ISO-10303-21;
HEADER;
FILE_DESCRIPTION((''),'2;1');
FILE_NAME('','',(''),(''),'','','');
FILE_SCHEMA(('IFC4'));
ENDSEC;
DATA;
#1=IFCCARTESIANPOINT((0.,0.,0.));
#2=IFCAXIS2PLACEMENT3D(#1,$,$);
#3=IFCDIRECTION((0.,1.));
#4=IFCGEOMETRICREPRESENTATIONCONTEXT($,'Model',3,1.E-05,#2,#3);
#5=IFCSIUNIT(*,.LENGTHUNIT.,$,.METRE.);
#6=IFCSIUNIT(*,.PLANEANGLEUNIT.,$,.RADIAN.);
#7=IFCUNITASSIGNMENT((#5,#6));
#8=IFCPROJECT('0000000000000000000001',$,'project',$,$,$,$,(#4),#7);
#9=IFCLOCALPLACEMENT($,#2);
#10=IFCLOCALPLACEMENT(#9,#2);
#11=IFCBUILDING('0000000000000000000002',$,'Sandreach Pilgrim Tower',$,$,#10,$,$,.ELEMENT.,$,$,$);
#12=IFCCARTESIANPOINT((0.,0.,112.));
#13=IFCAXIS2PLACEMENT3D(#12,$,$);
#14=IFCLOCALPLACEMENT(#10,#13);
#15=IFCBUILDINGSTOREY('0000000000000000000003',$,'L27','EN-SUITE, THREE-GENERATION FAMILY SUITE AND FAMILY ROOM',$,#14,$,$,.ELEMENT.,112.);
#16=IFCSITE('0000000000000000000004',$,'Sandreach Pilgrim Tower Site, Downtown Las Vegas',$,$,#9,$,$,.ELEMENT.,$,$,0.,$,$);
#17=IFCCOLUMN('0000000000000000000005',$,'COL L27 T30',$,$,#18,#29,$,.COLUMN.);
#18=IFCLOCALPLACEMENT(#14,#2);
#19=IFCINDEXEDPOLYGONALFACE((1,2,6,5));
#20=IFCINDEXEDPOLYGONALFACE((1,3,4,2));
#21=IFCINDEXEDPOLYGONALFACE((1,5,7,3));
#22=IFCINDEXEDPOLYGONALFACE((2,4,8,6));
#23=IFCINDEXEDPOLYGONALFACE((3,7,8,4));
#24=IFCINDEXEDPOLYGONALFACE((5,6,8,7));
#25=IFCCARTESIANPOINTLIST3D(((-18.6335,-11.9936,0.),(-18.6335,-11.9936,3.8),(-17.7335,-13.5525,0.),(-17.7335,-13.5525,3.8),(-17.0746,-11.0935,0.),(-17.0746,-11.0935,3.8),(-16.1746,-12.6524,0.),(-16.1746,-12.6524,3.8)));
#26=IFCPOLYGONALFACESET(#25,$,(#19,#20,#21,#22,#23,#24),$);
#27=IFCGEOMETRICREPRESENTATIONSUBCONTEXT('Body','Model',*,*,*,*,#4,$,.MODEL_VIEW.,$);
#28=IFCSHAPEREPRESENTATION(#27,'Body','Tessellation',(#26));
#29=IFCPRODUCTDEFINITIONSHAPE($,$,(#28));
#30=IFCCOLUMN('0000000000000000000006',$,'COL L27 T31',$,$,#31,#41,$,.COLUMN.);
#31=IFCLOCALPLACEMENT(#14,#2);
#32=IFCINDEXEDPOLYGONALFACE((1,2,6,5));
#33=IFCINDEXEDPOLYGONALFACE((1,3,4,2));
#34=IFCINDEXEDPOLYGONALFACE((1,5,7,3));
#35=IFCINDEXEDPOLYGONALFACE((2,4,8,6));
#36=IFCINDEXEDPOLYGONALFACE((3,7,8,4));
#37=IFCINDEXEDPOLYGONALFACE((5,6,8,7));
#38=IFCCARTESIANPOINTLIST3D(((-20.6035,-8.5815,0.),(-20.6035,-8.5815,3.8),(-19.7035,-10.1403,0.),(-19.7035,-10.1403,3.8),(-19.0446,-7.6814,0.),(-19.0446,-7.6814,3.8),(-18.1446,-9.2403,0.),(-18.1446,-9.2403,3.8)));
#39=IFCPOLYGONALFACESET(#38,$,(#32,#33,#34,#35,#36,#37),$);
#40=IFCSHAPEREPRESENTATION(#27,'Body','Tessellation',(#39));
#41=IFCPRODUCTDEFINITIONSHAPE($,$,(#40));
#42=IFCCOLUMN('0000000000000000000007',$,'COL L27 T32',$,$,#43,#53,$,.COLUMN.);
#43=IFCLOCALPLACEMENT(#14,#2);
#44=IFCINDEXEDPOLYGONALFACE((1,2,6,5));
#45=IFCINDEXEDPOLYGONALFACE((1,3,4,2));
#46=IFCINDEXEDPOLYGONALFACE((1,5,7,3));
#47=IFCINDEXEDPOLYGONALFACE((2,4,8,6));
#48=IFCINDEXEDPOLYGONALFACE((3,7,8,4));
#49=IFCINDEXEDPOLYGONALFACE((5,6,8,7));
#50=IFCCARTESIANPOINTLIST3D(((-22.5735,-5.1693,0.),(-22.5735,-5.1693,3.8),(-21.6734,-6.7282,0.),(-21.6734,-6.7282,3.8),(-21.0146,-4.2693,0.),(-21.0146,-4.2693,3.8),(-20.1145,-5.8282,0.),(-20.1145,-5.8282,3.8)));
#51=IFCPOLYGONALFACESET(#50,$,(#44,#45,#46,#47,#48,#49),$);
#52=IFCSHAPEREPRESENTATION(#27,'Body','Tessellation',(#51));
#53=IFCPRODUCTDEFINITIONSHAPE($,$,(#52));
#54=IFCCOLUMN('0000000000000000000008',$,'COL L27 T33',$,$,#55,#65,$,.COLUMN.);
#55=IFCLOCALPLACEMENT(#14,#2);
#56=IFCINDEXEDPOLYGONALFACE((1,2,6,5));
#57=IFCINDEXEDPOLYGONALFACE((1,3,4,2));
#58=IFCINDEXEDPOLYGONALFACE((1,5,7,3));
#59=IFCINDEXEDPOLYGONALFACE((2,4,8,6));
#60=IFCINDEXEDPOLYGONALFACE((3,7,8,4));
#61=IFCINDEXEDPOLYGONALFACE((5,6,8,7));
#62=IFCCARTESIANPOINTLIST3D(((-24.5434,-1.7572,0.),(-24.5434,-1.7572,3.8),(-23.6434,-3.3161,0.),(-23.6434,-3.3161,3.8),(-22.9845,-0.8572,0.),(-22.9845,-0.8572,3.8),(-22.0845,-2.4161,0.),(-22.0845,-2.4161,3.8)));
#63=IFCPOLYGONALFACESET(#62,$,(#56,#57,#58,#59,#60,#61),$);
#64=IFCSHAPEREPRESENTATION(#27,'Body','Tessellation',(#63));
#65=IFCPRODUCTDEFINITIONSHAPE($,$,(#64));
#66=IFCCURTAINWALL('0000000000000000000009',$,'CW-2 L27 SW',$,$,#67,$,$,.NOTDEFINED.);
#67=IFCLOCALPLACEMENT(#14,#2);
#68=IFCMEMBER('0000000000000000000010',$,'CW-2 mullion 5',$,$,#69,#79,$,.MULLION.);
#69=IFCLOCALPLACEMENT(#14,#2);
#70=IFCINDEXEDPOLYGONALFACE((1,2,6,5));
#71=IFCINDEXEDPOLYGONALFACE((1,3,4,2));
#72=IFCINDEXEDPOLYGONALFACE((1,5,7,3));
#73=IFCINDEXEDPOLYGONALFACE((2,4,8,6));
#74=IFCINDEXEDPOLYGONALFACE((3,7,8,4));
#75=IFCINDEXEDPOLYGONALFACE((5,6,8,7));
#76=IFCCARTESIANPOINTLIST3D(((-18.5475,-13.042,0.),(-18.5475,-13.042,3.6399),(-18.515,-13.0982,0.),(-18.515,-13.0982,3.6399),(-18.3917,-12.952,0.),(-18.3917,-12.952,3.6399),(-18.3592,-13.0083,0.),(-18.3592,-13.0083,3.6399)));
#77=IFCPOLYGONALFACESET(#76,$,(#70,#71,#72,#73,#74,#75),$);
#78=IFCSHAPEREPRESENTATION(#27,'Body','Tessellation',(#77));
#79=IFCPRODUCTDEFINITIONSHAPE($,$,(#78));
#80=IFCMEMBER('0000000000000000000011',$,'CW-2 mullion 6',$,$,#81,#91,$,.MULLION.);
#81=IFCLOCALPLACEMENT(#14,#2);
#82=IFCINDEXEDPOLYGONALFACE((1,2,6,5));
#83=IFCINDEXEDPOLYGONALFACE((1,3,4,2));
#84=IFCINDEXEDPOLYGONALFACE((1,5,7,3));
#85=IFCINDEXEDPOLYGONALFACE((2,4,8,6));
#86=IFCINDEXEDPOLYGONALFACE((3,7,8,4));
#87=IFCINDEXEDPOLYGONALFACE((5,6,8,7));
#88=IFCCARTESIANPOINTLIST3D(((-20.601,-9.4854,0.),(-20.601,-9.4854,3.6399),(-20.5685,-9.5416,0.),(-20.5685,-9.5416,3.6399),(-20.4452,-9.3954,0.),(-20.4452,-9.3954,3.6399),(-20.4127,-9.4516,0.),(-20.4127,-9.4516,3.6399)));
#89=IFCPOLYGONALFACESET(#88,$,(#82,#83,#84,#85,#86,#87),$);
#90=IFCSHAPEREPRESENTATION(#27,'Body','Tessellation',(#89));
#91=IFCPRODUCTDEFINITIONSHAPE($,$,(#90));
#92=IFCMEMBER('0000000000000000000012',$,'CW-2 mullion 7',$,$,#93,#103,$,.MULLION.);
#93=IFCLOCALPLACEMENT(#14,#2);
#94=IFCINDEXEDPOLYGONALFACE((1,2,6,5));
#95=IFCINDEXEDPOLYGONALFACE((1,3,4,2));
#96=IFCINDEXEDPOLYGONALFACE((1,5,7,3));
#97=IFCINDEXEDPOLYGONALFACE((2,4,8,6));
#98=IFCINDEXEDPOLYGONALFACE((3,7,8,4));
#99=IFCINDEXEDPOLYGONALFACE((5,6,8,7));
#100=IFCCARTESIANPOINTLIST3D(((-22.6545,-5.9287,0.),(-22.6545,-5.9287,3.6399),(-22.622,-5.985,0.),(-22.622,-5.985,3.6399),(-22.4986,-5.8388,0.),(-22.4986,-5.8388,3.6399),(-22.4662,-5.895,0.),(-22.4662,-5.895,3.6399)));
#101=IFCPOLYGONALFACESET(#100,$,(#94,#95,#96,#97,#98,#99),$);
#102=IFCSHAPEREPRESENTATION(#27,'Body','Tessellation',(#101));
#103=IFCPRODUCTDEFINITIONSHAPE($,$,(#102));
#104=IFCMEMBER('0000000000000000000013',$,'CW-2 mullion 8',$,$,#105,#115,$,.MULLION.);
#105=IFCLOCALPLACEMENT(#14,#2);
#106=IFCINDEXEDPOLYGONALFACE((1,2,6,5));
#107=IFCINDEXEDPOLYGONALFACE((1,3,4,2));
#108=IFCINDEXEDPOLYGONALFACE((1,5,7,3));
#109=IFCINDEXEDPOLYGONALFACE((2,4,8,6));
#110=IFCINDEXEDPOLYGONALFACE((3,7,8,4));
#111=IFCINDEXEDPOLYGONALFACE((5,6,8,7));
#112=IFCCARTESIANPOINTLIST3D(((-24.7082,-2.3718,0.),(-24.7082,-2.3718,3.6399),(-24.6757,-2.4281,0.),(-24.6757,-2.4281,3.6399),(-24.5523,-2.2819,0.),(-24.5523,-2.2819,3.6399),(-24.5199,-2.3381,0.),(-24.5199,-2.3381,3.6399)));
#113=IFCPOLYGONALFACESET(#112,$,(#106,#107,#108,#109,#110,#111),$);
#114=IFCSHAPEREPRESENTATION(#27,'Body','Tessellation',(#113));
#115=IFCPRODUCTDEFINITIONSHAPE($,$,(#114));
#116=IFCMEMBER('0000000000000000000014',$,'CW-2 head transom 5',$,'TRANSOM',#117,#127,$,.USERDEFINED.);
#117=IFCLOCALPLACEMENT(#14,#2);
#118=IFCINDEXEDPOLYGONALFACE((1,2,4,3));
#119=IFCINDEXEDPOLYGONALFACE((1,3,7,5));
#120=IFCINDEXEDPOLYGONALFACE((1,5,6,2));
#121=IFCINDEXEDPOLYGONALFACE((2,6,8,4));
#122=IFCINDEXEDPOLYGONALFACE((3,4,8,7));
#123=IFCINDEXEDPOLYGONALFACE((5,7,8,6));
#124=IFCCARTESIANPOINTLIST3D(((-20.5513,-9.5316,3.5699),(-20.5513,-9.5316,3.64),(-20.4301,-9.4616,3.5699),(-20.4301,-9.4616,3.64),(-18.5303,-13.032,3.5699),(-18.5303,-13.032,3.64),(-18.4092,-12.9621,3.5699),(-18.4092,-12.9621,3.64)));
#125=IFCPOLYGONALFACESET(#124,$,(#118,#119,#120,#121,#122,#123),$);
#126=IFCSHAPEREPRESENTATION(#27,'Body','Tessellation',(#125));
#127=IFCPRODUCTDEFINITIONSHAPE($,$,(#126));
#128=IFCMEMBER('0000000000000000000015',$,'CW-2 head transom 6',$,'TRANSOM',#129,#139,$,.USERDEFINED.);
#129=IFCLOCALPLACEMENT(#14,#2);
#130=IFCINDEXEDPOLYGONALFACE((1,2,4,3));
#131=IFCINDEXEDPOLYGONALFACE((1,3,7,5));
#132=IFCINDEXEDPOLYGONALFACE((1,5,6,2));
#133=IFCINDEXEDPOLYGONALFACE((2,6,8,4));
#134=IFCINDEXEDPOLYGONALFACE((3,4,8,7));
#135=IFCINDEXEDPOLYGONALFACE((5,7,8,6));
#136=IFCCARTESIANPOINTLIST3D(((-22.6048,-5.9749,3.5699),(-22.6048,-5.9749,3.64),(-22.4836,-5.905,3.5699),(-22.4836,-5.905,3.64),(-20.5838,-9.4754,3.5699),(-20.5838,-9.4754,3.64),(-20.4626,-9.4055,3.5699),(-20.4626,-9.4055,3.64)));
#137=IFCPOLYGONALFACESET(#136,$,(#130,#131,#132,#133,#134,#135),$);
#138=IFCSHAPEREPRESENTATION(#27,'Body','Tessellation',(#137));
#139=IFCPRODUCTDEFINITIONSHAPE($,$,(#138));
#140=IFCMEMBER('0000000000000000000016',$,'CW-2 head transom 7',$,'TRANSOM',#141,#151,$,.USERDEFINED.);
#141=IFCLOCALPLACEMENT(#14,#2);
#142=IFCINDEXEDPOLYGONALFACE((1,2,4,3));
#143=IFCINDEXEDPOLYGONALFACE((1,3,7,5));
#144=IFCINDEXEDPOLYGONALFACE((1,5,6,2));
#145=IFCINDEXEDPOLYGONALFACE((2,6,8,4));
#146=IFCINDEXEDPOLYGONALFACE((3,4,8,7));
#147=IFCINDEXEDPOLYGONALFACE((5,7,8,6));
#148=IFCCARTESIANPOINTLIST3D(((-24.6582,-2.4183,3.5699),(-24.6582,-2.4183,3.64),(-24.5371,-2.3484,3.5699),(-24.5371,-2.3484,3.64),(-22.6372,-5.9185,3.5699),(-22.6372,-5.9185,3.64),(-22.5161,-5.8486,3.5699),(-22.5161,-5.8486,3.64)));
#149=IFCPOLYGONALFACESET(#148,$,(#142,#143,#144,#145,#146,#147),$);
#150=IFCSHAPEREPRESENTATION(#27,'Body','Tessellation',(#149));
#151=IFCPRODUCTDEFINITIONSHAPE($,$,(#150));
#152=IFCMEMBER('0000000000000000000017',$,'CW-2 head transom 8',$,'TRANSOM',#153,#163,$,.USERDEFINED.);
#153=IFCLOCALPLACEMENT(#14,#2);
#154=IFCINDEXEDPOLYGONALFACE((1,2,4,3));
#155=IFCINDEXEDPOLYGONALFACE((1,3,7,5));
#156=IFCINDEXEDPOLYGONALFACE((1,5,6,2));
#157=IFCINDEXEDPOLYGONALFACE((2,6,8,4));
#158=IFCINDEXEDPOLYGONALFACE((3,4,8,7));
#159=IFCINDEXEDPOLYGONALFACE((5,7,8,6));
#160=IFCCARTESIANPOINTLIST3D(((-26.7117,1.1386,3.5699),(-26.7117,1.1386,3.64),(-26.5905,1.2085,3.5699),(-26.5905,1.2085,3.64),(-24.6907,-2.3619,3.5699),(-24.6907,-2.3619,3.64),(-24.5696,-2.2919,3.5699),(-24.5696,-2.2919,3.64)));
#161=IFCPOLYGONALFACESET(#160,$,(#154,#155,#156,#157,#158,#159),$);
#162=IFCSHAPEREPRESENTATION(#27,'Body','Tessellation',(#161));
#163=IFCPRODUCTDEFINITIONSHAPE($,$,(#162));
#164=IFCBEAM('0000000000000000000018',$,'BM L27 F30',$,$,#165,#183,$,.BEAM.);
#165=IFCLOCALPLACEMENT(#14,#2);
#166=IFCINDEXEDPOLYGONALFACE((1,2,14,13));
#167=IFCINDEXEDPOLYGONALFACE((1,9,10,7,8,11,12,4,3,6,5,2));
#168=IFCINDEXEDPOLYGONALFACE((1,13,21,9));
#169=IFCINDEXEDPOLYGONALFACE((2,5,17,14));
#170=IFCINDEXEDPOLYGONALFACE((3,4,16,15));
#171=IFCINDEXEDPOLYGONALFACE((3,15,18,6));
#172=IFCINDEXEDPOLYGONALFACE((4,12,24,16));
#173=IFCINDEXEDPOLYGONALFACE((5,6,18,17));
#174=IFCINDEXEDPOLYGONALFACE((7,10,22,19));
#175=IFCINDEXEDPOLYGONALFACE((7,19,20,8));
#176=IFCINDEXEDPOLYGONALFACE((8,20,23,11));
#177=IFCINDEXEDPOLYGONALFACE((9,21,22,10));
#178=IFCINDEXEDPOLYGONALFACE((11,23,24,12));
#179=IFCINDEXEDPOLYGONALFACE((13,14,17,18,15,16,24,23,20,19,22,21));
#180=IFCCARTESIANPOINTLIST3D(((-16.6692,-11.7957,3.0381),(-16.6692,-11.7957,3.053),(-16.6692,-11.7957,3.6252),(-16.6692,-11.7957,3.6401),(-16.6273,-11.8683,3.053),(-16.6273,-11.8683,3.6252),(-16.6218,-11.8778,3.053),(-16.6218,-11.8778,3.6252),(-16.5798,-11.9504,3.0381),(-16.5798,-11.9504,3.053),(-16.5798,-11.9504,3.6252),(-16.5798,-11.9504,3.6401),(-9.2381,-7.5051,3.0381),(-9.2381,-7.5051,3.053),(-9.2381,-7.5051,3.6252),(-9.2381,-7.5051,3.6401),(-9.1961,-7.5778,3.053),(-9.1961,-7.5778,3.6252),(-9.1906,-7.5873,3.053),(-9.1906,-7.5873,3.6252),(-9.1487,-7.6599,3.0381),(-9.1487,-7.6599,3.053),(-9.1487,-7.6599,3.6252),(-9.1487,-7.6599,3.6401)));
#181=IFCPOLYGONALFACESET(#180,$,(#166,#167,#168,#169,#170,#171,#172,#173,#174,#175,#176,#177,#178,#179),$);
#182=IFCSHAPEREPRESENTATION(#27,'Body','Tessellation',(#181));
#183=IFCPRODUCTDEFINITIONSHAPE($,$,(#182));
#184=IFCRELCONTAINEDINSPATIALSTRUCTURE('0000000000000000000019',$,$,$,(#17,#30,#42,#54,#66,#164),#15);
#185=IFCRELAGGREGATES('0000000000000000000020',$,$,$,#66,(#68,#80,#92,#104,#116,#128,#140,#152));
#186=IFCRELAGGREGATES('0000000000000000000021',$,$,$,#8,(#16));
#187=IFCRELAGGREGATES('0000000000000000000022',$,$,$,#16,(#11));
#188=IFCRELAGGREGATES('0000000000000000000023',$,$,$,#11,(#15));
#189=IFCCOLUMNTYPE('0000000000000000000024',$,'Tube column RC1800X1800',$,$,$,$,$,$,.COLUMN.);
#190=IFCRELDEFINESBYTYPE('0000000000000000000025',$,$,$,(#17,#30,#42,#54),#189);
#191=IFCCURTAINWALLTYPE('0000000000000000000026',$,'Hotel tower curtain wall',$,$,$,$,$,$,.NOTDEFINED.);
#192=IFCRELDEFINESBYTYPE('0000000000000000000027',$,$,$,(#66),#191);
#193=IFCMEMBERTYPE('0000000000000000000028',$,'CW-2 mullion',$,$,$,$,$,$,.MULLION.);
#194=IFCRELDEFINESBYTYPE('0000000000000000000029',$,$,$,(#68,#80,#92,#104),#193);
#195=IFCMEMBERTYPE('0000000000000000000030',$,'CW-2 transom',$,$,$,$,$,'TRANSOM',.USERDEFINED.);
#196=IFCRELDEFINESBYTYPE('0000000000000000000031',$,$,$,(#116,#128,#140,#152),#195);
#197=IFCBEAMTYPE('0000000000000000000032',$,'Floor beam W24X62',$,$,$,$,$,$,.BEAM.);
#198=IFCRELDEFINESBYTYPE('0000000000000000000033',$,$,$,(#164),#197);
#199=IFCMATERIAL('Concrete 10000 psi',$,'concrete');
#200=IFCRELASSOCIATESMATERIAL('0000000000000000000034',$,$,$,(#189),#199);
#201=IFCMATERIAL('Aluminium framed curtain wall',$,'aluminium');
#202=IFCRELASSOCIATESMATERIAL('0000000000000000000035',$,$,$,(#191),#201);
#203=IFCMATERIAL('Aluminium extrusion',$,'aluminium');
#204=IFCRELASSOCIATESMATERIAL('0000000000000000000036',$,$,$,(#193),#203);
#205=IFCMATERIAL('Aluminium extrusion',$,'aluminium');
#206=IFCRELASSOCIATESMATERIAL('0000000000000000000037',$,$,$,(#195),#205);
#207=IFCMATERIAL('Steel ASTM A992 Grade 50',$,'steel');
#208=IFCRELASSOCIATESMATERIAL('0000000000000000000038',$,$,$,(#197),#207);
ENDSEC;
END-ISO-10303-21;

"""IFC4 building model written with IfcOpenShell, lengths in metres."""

from ifc_helpers import new_model, si_unit, direction, frame, origin, origin_2d, place, context, subcontext, project, spatial, rectangle, i_section, extrude, material, material_profile, profile_set, type_object, element, aggregate, save


model = new_model("IFC4")

# Units and contexts
model_context = context("Model", 3, precision=1e-05, world=origin(), true_north=direction((0.0, 1.0)))
body_context = subcontext(model_context, "Body", "Model", "MODEL_VIEW")
ifc_project = project(units=[si_unit("LENGTHUNIT", "METRE"), si_unit("PLANEANGLEUNIT", "RADIAN")], contexts=[model_context])

# Site, building, storey
site_placement = place(None, origin())
site = spatial("IfcSite", under=ifc_project, at=site_placement, Name="Sandreach Pilgrim Tower Site, Downtown Las Vegas", CompositionType="ELEMENT", RefElevation=0.0)
building_placement = place(site_placement, origin())
building = spatial("IfcBuilding", under=site, at=building_placement, Name="Sandreach Pilgrim Tower", CompositionType="ELEMENT")
storey_placement = place(building_placement, frame((0.0, 0.0, 112.0)))
storey = spatial("IfcBuildingStorey", under=building, at=storey_placement, Name="L27", Description="EN-SUITE, THREE-GENERATION FAMILY SUITE AND FAMILY ROOM", CompositionType="ELEMENT", Elevation=112.0)

# Columns
ifc_material_1 = material(Name="Concrete 10000 psi", Category="concrete")
ifc_material_profile_1 = material_profile(ifc_material_1, rectangle(XDim=1.8, YDim=1.8, at=origin_2d()), Name="RC1800X1800")
ifc_profile_set_1 = profile_set([ifc_material_profile_1], Name="Concrete 10000 psi")
column_type = type_object("IfcColumnType", Name="Tube column RC1800X1800", PredefinedType="COLUMN", material=ifc_profile_set_1)
for number, where, z_axis, x_axis, name in (
    (1, (-17.4041, -12.323, 0.0), (0.0, 0.0, 1.0), (-0.866025, -0.5, 0.0), "COL L27 T30"),
    (2, (-19.374, -8.9109, 0.0), (0.0, 0.0, 1.0), (-0.866025, -0.5, 0.0), "COL L27 T31"),
    (3, (-21.344, -5.4988, 0.0), (0.0, 0.0, 1.0), (-0.866025, -0.5, 0.0), "COL L27 T32"),
    (4, (-23.314, -2.0867, 0.0), (0.0, 0.0, 1.0), (-0.866025, -0.5, 0.0), "COL L27 T33"),
):
    element("IfcColumn", number, at=place(storey_placement, frame(where, z_axis=z_axis, x_axis=x_axis)), inside=storey, type_object=column_type, Name=name, PredefinedType="COLUMN", context=body_context, shape_type="SweptSolid", body=[
        extrude(rectangle(XDim=1.8, YDim=1.8, at=origin_2d()), origin(), (0.0, 0.0, 1.0), 3.8),
    ])

# Curtain wall, members
ifc_material_2 = material(Name="Aluminium framed curtain wall", Category="aluminium")
curtain_wall_type = type_object("IfcCurtainWallType", Name="Hotel tower curtain wall", PredefinedType="NOTDEFINED", material=ifc_material_2)
curtain_wall_placement = place(storey_placement, origin())
curtain_wall = element("IfcCurtainWall", 5, at=curtain_wall_placement, inside=storey, type_object=curtain_wall_type, Name="CW-2 L27 SW", PredefinedType="NOTDEFINED")
ifc_material_3 = material(Name="Aluminium extrusion", Category="aluminium")
ifc_material_profile_2 = material_profile(ifc_material_3, rectangle(XDim=0.0649, YDim=0.1799, at=origin_2d()), Name="CW-2M 65X180")
ifc_profile_set_2 = profile_set([ifc_material_profile_2], Name="Aluminium extrusion")
member_type_1 = type_object("IfcMemberType", Name="CW-2 mullion", PredefinedType="MULLION", material=ifc_profile_set_2)
member_1_placement = place(storey_placement, frame((-18.4534, -13.0251, 0.0), z_axis=(0.0, 0.0, 1.0), x_axis=(-0.5, 0.866025, 0.0)))
member_1 = element("IfcMember", 6, at=member_1_placement, type_object=member_type_1, Name="CW-2 mullion 5", PredefinedType="MULLION", context=body_context, shape_type="SweptSolid", body=[
    extrude(rectangle(XDim=0.0649, YDim=0.1799, at=origin_2d()), origin(), (0.0, 0.0, 1.0), 3.6399),
])
member_2_placement = place(storey_placement, frame((-20.5068, -9.4685, 0.0), z_axis=(0.0, 0.0, 1.0), x_axis=(-0.5, 0.866025, 0.0)))
member_2 = element("IfcMember", 7, at=member_2_placement, type_object=member_type_1, Name="CW-2 mullion 6", PredefinedType="MULLION", context=body_context, shape_type="SweptSolid", body=[
    extrude(rectangle(XDim=0.0649, YDim=0.1799, at=origin_2d()), origin(), (0.0, 0.0, 1.0), 3.6399),
])
member_3_placement = place(storey_placement, frame((-22.5603, -5.9119, 0.0), z_axis=(0.0, 0.0, 1.0), x_axis=(-0.5, 0.866025, 0.0)))
member_3 = element("IfcMember", 8, at=member_3_placement, type_object=member_type_1, Name="CW-2 mullion 7", PredefinedType="MULLION", context=body_context, shape_type="SweptSolid", body=[
    extrude(rectangle(XDim=0.0649, YDim=0.1799, at=origin_2d()), origin(), (0.0, 0.0, 1.0), 3.6399),
])
member_4_placement = place(storey_placement, frame((-24.614, -2.355, 0.0), z_axis=(0.0, 0.0, 1.0), x_axis=(-0.5, 0.866025, 0.0)))
member_4 = element("IfcMember", 9, at=member_4_placement, type_object=member_type_1, Name="CW-2 mullion 8", PredefinedType="MULLION", context=body_context, shape_type="SweptSolid", body=[
    extrude(rectangle(XDim=0.0649, YDim=0.1799, at=origin_2d()), origin(), (0.0, 0.0, 1.0), 3.6399),
])
ifc_material_4 = material(Name="Aluminium extrusion", Category="aluminium")
ifc_material_profile_3 = material_profile(ifc_material_4, rectangle(XDim=0.1399, YDim=0.0701, at=origin_2d()), Name="CW-2T 140X70")
ifc_profile_set_3 = profile_set([ifc_material_profile_3], Name="Aluminium extrusion")
member_type_2 = type_object("IfcMemberType", Name="CW-2 transom", ElementType="TRANSOM", PredefinedType="USERDEFINED", material=ifc_profile_set_3)
member_5_placement = place(storey_placement, frame((-18.4697, -12.9971, 3.605), z_axis=(-0.499998, 0.866027, 0.0), x_axis=(-0.866027, -0.499998, 0.0)))
member_5 = element("IfcMember", 10, at=member_5_placement, type_object=member_type_2, Name="CW-2 head transom 5", ObjectType="TRANSOM", PredefinedType="USERDEFINED", context=body_context, shape_type="SweptSolid", body=[
    extrude(rectangle(XDim=0.1399, YDim=0.0701, at=origin_2d()), origin(), (0.0, 0.0, 1.0), 4.042),
])
member_6_placement = place(storey_placement, frame((-20.5232, -9.4404, 3.605), z_axis=(-0.499998, 0.866027, 0.0), x_axis=(-0.866027, -0.499998, 0.0)))
member_6 = element("IfcMember", 11, at=member_6_placement, type_object=member_type_2, Name="CW-2 head transom 6", ObjectType="TRANSOM", PredefinedType="USERDEFINED", context=body_context, shape_type="SweptSolid", body=[
    extrude(rectangle(XDim=0.1399, YDim=0.0701, at=origin_2d()), origin(), (0.0, 0.0, 1.0), 4.042),
])
member_7_placement = place(storey_placement, frame((-22.5767, -5.8835, 3.605), z_axis=(-0.500024, 0.866012, 0.0), x_axis=(-0.866012, -0.500024, 0.0)))
member_7 = element("IfcMember", 12, at=member_7_placement, type_object=member_type_2, Name="CW-2 head transom 7", ObjectType="TRANSOM", PredefinedType="USERDEFINED", context=body_context, shape_type="SweptSolid", body=[
    extrude(rectangle(XDim=0.1399, YDim=0.0701, at=origin_2d()), origin(), (0.0, 0.0, 1.0), 4.0417),
])
member_8_placement = place(storey_placement, frame((-24.6301, -2.3269, 3.605), z_axis=(-0.499998, 0.866027, 0.0), x_axis=(-0.866027, -0.499998, 0.0)))
member_8 = element("IfcMember", 13, at=member_8_placement, type_object=member_type_2, Name="CW-2 head transom 8", ObjectType="TRANSOM", PredefinedType="USERDEFINED", context=body_context, shape_type="SweptSolid", body=[
    extrude(rectangle(XDim=0.1399, YDim=0.0701, at=origin_2d()), origin(), (0.0, 0.0, 1.0), 4.042),
])

# Beam
ifc_material_5 = material(Name="Steel ASTM A992 Grade 50", Category="steel")
ifc_material_profile_4 = material_profile(ifc_material_5, i_section(OverallWidth=0.1787, OverallDepth=0.6021, WebThickness=0.011, FlangeThickness=0.0149, at=origin_2d()), Name="W24X62")
ifc_profile_set_4 = profile_set([ifc_material_profile_4], Name="Steel ASTM A992 Grade 50")
beam_type_1 = type_object("IfcBeamType", Name="Floor beam W24X62", PredefinedType="BEAM", material=ifc_profile_set_4)
beam_1_placement = place(storey_placement, frame((-16.6245, -11.873, 3.3391), z_axis=(0.866018, 0.500013, 0.0), x_axis=(-0.500013, 0.866018, 0.0)))
element("IfcBeam", 14, at=beam_1_placement, inside=storey, type_object=beam_type_1, Name="BM L27 F30", PredefinedType="BEAM", context=body_context, shape_type="SweptSolid", body=[
    extrude(i_section(OverallWidth=0.1787, OverallDepth=0.6021, WebThickness=0.011, FlangeThickness=0.0149, at=origin_2d()), origin(), (0.0, 0.0, 1.0), 8.5808),
])

aggregate(curtain_wall, [member_1, member_2, member_3, member_4, member_5, member_6, member_7, member_8])

save(model, "model.ifc")
